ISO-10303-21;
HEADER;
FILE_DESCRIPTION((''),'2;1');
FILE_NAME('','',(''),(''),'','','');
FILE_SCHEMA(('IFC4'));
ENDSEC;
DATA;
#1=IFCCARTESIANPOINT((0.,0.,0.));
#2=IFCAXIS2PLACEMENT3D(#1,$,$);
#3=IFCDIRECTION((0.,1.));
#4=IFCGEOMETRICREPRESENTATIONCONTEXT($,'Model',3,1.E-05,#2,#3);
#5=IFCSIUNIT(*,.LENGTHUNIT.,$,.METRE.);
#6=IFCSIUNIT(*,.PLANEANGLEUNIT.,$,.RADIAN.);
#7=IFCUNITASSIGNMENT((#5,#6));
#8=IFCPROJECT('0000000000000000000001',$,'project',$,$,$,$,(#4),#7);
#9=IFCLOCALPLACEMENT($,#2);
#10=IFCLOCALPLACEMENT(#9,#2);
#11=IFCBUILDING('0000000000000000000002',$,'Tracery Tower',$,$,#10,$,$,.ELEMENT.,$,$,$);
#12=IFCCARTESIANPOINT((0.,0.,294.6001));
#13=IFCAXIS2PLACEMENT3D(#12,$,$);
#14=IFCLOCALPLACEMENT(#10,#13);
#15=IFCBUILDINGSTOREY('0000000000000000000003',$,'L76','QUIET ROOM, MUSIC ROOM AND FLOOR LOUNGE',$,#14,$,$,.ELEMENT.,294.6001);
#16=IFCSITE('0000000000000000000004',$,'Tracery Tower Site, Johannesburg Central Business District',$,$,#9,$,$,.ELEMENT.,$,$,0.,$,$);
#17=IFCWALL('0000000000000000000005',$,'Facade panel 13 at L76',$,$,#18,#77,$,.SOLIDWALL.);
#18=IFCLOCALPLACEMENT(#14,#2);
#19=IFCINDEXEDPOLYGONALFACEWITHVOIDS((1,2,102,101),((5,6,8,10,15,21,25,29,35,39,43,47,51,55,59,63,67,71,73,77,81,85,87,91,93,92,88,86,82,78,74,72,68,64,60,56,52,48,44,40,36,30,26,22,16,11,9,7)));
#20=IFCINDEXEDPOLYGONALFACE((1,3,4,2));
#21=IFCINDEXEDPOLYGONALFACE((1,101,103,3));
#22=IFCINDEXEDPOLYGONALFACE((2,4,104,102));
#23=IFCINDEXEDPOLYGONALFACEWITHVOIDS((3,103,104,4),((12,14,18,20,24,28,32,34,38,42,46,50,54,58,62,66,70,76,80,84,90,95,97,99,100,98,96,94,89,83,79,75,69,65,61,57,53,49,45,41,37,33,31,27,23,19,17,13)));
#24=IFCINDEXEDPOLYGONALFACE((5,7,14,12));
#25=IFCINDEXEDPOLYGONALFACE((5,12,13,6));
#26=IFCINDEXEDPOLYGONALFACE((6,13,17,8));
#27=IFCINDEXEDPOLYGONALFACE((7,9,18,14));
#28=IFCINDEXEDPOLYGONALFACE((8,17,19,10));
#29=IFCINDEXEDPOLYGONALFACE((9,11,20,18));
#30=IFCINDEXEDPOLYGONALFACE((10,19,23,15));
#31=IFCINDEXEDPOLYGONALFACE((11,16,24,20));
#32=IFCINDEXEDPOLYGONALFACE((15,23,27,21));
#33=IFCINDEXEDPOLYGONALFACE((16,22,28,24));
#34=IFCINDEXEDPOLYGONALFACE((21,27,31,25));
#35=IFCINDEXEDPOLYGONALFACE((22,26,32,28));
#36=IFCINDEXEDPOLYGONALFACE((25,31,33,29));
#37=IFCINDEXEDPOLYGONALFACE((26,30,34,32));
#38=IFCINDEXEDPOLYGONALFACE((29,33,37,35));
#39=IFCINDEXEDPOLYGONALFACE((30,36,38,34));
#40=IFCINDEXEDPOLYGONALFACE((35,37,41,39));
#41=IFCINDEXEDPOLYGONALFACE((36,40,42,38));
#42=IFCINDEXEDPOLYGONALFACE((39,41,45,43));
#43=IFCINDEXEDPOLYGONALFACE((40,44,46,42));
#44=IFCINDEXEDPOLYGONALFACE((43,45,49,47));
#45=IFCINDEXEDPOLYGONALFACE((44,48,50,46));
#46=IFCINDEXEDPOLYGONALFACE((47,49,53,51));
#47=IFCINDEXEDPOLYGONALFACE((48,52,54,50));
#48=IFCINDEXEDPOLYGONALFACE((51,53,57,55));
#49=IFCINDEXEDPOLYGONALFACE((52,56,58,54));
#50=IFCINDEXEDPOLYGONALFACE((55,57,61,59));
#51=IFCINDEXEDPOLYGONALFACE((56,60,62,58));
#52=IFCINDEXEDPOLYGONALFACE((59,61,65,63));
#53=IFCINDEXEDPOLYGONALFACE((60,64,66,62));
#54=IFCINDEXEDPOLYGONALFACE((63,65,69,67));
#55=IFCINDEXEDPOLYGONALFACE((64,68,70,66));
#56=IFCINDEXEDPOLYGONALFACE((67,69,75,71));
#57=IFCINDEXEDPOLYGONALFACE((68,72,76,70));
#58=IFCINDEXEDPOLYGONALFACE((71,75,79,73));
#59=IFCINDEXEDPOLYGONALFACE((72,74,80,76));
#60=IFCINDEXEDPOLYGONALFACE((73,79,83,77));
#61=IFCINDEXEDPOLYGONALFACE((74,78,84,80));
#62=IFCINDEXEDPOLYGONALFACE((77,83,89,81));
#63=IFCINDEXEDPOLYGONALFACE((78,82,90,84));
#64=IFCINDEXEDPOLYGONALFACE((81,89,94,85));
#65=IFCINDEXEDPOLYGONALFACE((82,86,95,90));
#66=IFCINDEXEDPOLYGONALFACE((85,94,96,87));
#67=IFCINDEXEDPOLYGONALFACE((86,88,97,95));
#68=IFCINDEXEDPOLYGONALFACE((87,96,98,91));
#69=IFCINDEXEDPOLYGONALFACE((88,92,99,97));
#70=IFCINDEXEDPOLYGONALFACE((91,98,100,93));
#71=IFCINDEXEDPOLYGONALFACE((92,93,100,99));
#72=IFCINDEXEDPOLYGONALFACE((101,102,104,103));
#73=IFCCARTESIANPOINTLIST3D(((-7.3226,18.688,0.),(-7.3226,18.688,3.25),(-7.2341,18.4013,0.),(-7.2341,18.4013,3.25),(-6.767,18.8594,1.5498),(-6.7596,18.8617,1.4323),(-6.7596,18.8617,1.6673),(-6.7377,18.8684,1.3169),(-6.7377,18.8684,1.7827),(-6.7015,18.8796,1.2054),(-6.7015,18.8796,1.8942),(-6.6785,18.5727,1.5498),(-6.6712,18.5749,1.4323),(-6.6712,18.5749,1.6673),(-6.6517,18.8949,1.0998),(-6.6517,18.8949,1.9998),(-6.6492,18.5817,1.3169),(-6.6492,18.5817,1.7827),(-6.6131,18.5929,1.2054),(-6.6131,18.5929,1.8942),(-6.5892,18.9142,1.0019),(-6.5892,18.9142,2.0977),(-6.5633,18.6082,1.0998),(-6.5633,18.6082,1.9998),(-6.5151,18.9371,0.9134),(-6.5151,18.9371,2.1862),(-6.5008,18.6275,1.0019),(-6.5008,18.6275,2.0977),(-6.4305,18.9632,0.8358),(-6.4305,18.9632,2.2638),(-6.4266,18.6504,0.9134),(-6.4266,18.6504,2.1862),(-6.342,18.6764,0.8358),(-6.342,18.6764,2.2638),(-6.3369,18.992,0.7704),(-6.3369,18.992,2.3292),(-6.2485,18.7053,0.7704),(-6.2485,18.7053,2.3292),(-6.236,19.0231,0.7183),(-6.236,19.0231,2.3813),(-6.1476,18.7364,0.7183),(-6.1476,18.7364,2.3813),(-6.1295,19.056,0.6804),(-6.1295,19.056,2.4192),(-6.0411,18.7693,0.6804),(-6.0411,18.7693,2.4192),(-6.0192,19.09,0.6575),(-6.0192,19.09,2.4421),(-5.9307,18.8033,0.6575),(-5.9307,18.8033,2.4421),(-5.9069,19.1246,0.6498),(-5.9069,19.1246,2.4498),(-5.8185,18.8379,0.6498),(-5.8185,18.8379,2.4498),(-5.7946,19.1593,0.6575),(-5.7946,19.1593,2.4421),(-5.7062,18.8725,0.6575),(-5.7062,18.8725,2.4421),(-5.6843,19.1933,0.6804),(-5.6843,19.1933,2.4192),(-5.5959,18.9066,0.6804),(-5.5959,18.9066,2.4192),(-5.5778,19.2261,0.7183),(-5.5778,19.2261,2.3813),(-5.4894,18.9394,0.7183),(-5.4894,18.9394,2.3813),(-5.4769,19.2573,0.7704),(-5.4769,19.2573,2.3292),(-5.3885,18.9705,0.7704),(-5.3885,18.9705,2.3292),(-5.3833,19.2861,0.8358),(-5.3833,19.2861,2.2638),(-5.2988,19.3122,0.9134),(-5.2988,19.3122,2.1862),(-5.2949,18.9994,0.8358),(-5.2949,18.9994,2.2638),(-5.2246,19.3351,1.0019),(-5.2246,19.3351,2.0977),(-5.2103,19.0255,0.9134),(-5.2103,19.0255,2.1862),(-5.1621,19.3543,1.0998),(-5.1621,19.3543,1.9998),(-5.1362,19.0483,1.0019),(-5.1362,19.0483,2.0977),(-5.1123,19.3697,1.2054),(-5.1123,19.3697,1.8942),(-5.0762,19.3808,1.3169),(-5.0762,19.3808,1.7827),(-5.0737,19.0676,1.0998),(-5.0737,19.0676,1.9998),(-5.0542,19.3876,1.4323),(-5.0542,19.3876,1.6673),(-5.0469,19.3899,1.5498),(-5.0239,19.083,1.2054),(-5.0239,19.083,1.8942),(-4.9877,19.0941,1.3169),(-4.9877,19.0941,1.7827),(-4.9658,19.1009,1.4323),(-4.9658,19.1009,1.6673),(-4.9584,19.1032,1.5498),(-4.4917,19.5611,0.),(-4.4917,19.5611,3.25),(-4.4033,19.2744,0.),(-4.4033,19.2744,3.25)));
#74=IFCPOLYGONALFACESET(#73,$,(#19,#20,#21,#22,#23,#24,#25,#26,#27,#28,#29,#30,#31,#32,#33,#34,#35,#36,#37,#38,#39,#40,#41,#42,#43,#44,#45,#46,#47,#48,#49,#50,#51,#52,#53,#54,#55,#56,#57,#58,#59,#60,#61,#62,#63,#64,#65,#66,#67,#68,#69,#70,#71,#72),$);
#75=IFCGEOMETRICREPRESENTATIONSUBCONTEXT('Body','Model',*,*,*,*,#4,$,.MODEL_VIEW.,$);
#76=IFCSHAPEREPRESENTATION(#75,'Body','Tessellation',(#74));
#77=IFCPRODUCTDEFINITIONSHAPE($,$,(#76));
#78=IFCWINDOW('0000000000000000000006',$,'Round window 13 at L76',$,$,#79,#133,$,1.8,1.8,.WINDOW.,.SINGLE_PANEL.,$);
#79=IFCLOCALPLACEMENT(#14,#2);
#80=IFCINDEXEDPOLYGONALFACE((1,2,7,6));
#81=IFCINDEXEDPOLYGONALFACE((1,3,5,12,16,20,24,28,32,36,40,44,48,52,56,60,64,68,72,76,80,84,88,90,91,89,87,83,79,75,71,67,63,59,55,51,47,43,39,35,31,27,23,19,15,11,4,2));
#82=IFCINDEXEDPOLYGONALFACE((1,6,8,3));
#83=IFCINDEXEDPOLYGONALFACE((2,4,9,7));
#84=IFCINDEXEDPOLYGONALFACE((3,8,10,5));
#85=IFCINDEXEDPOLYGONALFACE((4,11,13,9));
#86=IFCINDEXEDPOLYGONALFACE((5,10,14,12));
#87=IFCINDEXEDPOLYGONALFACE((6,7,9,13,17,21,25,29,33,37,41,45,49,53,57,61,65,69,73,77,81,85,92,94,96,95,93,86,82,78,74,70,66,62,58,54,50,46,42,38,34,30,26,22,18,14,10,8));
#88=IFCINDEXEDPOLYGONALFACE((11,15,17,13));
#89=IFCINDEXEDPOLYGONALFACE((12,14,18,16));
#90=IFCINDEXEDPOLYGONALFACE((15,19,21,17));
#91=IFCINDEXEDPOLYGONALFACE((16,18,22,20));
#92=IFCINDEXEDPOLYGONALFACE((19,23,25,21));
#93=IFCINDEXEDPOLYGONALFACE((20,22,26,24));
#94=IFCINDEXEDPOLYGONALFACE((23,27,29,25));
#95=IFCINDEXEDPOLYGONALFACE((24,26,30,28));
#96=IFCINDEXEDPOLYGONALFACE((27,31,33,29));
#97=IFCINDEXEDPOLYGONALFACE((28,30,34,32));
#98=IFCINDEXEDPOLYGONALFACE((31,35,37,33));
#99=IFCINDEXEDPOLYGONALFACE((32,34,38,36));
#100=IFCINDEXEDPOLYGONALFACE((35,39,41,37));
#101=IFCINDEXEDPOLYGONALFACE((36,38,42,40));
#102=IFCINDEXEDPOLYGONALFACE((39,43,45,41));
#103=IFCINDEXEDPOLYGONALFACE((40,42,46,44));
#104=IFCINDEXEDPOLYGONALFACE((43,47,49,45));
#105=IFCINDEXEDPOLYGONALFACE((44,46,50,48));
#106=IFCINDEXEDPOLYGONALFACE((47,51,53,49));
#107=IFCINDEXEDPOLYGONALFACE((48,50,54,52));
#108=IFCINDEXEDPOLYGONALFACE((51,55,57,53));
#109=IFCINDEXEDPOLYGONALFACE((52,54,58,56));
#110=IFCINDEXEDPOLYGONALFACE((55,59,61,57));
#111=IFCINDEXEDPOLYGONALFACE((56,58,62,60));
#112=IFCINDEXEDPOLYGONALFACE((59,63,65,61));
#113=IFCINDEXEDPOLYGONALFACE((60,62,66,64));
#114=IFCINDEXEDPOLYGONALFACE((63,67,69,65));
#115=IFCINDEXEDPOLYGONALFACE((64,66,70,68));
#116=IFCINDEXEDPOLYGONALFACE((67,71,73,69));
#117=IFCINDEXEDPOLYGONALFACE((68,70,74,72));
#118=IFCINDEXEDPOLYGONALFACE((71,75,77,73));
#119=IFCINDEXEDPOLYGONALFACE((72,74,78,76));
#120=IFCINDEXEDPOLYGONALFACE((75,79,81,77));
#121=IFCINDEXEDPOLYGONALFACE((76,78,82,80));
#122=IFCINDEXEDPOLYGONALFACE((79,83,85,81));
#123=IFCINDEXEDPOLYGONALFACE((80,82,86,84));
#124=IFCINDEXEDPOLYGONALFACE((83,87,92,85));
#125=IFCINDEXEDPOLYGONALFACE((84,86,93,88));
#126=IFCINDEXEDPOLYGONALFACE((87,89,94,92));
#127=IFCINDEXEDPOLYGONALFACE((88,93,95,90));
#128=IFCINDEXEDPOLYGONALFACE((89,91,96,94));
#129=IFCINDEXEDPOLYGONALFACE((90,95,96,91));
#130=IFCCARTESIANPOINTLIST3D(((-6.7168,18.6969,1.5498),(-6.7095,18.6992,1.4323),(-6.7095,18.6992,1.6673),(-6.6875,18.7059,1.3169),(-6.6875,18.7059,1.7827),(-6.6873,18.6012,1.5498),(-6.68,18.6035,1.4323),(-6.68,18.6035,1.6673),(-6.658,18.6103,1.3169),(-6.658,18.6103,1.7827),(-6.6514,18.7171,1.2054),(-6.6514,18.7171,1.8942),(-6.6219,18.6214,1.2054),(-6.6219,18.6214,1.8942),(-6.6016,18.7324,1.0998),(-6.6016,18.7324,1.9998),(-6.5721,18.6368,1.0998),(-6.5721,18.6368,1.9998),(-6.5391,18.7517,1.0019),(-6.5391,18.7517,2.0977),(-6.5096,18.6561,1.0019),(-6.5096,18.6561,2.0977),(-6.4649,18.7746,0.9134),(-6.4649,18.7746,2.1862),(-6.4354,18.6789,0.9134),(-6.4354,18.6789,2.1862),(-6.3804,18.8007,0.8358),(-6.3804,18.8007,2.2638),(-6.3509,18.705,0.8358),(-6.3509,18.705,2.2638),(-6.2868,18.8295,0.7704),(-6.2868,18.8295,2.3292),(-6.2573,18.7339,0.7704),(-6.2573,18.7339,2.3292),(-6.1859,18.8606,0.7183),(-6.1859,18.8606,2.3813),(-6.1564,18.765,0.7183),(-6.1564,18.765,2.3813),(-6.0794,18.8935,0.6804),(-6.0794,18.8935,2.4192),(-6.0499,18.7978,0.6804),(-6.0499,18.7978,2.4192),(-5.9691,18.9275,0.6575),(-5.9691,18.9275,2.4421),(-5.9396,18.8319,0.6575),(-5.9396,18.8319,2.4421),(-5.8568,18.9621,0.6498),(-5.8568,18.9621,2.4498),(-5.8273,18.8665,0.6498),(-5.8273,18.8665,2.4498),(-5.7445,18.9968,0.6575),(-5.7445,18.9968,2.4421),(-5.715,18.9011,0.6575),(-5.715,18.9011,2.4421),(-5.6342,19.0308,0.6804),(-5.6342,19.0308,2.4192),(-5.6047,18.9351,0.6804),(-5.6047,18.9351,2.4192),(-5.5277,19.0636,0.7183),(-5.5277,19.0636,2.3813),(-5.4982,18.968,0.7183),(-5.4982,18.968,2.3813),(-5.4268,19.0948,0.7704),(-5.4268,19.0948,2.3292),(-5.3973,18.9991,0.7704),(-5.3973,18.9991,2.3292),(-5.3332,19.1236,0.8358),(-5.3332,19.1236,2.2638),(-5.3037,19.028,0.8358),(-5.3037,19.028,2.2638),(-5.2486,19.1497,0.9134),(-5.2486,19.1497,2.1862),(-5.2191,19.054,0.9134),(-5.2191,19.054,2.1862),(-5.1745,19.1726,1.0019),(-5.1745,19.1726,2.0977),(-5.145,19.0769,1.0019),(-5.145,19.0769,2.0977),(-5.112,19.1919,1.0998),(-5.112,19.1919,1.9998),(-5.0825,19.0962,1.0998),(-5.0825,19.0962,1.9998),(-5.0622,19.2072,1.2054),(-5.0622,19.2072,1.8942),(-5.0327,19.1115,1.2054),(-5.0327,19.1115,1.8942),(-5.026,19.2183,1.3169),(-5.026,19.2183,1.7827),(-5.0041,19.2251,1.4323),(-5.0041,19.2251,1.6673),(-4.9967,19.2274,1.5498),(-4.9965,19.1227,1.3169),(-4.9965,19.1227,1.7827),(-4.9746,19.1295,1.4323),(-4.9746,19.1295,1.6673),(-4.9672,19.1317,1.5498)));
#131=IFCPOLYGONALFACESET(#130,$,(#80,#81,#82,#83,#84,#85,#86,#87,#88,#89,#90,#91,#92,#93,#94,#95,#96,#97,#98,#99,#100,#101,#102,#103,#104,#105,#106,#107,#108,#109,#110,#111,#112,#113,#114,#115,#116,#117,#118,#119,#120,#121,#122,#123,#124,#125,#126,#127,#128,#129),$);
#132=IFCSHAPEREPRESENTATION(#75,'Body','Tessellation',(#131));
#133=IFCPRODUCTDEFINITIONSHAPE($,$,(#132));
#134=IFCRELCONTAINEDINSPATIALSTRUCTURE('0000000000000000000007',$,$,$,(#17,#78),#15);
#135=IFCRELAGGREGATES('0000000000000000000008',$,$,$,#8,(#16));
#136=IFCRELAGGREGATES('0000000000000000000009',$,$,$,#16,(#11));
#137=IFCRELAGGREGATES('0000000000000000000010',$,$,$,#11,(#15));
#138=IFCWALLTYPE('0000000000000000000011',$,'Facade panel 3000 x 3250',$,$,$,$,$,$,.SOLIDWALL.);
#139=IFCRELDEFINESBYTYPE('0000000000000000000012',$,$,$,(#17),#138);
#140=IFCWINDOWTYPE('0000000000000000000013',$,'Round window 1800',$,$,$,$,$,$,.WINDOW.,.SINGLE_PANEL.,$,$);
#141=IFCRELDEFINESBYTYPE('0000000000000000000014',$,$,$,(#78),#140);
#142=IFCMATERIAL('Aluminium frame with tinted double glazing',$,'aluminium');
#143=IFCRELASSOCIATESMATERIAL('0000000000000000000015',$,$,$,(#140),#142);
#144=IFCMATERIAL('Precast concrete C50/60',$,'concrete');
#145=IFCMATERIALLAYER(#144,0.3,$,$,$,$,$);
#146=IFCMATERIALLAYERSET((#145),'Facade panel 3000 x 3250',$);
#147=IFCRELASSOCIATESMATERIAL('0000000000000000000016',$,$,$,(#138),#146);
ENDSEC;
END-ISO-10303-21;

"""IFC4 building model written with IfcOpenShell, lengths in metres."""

from ifc_helpers import new_model, si_unit, direction, frame, frame_2d, origin, origin_2d, place, context, subcontext, project, spatial, rectangle, circle, extrude, material, layer, layer_set, type_object, element, fill, save


model = new_model("IFC4")

# Units and contexts
model_context = context("Model", 3, precision=1e-05, world=origin(), true_north=direction((0.0, 1.0)))
body_context = subcontext(model_context, "Body", "Model", "MODEL_VIEW")
ifc_project = project(units=[si_unit("LENGTHUNIT", "METRE"), si_unit("PLANEANGLEUNIT", "RADIAN")], contexts=[model_context])

# Site, building, storey
site_placement = place(None, origin())
site = spatial("IfcSite", under=ifc_project, at=site_placement, Name="Tracery Tower Site, Johannesburg Central Business District", CompositionType="ELEMENT", RefElevation=0.0)
building_placement = place(site_placement, origin())
building = spatial("IfcBuilding", under=site, at=building_placement, Name="Tracery Tower", CompositionType="ELEMENT")
storey_placement = place(building_placement, frame((0.0, 0.0, 294.6001)))
storey = spatial("IfcBuildingStorey", under=building, at=storey_placement, Name="L76", Description="QUIET ROOM, MUSIC ROOM AND FLOOR LOUNGE", CompositionType="ELEMENT", Elevation=294.6001)

# Wall, opening, window
ifc_material_1 = material(Name="Aluminium frame with tinted double glazing", Category="aluminium")
window_type = type_object("IfcWindowType", Name="Round window 1800", PartitioningType="SINGLE_PANEL", PredefinedType="WINDOW", material=ifc_material_1)
ifc_material_2 = material(Name="Precast concrete C50/60", Category="concrete")
ifc_layer_1 = layer(ifc_material_2, 0.3)
ifc_layer_set_1 = layer_set([ifc_layer_1], Name="Facade panel 3000 x 3250")
wall_type_1 = type_object("IfcWallType", Name="Facade panel 3000 x 3250", PredefinedType="SOLIDWALL", material=ifc_layer_set_1)
wall_1_placement = place(storey_placement, frame((-4.4475, 19.4177, 0.0), z_axis=(0.0, 0.0, 1.0), x_axis=(-0.955586, -0.294711, 0.0)))
wall_1 = element("IfcWall", 1, at=wall_1_placement, inside=storey, type_object=wall_type_1, Name="Facade panel 13 at L76", PredefinedType="SOLIDWALL", context=body_context, shape_type="SweptSolid", body=[
    extrude(rectangle(XDim=2.9624, YDim=0.3, at=frame_2d((1.4812, 0.0))), origin(), (0.0, 0.0, 1.0), 3.25),
])
opening_1_placement = place(wall_1_placement, frame((1.481, 0.0, 1.5498)))
opening_1 = element("IfcOpeningElement", 2, at=opening_1_placement, cuts=wall_1, PredefinedType="OPENING", context=body_context, shape_type="SweptSolid", body=[
    extrude(circle(Radius=0.9, at=origin_2d()), frame((0.0, 0.1599, 0.0), z_axis=(0.0, -1.0, 0.0), x_axis=(1.0, 0.0, 0.0)), (0.0, 0.0, 1.0), 0.3201),
])
window_1_placement = place(opening_1_placement, origin())
window_1 = element("IfcWindow", 3, at=window_1_placement, inside=storey, type_object=window_type, Name="Round window 13 at L76", OverallHeight=1.8, OverallWidth=1.8, PartitioningType="SINGLE_PANEL", PredefinedType="WINDOW", context=body_context, shape_type="SweptSolid", body=[
    extrude(circle(Radius=0.9, at=origin_2d()), frame((0.0, 0.1201, 0.0), z_axis=(0.0, -1.0, 0.0), x_axis=(1.0, 0.0, 0.0)), (0.0, 0.0, 1.0), 0.1001),
])
fill(opening_1, window_1)

save(model, "model.ifc")
